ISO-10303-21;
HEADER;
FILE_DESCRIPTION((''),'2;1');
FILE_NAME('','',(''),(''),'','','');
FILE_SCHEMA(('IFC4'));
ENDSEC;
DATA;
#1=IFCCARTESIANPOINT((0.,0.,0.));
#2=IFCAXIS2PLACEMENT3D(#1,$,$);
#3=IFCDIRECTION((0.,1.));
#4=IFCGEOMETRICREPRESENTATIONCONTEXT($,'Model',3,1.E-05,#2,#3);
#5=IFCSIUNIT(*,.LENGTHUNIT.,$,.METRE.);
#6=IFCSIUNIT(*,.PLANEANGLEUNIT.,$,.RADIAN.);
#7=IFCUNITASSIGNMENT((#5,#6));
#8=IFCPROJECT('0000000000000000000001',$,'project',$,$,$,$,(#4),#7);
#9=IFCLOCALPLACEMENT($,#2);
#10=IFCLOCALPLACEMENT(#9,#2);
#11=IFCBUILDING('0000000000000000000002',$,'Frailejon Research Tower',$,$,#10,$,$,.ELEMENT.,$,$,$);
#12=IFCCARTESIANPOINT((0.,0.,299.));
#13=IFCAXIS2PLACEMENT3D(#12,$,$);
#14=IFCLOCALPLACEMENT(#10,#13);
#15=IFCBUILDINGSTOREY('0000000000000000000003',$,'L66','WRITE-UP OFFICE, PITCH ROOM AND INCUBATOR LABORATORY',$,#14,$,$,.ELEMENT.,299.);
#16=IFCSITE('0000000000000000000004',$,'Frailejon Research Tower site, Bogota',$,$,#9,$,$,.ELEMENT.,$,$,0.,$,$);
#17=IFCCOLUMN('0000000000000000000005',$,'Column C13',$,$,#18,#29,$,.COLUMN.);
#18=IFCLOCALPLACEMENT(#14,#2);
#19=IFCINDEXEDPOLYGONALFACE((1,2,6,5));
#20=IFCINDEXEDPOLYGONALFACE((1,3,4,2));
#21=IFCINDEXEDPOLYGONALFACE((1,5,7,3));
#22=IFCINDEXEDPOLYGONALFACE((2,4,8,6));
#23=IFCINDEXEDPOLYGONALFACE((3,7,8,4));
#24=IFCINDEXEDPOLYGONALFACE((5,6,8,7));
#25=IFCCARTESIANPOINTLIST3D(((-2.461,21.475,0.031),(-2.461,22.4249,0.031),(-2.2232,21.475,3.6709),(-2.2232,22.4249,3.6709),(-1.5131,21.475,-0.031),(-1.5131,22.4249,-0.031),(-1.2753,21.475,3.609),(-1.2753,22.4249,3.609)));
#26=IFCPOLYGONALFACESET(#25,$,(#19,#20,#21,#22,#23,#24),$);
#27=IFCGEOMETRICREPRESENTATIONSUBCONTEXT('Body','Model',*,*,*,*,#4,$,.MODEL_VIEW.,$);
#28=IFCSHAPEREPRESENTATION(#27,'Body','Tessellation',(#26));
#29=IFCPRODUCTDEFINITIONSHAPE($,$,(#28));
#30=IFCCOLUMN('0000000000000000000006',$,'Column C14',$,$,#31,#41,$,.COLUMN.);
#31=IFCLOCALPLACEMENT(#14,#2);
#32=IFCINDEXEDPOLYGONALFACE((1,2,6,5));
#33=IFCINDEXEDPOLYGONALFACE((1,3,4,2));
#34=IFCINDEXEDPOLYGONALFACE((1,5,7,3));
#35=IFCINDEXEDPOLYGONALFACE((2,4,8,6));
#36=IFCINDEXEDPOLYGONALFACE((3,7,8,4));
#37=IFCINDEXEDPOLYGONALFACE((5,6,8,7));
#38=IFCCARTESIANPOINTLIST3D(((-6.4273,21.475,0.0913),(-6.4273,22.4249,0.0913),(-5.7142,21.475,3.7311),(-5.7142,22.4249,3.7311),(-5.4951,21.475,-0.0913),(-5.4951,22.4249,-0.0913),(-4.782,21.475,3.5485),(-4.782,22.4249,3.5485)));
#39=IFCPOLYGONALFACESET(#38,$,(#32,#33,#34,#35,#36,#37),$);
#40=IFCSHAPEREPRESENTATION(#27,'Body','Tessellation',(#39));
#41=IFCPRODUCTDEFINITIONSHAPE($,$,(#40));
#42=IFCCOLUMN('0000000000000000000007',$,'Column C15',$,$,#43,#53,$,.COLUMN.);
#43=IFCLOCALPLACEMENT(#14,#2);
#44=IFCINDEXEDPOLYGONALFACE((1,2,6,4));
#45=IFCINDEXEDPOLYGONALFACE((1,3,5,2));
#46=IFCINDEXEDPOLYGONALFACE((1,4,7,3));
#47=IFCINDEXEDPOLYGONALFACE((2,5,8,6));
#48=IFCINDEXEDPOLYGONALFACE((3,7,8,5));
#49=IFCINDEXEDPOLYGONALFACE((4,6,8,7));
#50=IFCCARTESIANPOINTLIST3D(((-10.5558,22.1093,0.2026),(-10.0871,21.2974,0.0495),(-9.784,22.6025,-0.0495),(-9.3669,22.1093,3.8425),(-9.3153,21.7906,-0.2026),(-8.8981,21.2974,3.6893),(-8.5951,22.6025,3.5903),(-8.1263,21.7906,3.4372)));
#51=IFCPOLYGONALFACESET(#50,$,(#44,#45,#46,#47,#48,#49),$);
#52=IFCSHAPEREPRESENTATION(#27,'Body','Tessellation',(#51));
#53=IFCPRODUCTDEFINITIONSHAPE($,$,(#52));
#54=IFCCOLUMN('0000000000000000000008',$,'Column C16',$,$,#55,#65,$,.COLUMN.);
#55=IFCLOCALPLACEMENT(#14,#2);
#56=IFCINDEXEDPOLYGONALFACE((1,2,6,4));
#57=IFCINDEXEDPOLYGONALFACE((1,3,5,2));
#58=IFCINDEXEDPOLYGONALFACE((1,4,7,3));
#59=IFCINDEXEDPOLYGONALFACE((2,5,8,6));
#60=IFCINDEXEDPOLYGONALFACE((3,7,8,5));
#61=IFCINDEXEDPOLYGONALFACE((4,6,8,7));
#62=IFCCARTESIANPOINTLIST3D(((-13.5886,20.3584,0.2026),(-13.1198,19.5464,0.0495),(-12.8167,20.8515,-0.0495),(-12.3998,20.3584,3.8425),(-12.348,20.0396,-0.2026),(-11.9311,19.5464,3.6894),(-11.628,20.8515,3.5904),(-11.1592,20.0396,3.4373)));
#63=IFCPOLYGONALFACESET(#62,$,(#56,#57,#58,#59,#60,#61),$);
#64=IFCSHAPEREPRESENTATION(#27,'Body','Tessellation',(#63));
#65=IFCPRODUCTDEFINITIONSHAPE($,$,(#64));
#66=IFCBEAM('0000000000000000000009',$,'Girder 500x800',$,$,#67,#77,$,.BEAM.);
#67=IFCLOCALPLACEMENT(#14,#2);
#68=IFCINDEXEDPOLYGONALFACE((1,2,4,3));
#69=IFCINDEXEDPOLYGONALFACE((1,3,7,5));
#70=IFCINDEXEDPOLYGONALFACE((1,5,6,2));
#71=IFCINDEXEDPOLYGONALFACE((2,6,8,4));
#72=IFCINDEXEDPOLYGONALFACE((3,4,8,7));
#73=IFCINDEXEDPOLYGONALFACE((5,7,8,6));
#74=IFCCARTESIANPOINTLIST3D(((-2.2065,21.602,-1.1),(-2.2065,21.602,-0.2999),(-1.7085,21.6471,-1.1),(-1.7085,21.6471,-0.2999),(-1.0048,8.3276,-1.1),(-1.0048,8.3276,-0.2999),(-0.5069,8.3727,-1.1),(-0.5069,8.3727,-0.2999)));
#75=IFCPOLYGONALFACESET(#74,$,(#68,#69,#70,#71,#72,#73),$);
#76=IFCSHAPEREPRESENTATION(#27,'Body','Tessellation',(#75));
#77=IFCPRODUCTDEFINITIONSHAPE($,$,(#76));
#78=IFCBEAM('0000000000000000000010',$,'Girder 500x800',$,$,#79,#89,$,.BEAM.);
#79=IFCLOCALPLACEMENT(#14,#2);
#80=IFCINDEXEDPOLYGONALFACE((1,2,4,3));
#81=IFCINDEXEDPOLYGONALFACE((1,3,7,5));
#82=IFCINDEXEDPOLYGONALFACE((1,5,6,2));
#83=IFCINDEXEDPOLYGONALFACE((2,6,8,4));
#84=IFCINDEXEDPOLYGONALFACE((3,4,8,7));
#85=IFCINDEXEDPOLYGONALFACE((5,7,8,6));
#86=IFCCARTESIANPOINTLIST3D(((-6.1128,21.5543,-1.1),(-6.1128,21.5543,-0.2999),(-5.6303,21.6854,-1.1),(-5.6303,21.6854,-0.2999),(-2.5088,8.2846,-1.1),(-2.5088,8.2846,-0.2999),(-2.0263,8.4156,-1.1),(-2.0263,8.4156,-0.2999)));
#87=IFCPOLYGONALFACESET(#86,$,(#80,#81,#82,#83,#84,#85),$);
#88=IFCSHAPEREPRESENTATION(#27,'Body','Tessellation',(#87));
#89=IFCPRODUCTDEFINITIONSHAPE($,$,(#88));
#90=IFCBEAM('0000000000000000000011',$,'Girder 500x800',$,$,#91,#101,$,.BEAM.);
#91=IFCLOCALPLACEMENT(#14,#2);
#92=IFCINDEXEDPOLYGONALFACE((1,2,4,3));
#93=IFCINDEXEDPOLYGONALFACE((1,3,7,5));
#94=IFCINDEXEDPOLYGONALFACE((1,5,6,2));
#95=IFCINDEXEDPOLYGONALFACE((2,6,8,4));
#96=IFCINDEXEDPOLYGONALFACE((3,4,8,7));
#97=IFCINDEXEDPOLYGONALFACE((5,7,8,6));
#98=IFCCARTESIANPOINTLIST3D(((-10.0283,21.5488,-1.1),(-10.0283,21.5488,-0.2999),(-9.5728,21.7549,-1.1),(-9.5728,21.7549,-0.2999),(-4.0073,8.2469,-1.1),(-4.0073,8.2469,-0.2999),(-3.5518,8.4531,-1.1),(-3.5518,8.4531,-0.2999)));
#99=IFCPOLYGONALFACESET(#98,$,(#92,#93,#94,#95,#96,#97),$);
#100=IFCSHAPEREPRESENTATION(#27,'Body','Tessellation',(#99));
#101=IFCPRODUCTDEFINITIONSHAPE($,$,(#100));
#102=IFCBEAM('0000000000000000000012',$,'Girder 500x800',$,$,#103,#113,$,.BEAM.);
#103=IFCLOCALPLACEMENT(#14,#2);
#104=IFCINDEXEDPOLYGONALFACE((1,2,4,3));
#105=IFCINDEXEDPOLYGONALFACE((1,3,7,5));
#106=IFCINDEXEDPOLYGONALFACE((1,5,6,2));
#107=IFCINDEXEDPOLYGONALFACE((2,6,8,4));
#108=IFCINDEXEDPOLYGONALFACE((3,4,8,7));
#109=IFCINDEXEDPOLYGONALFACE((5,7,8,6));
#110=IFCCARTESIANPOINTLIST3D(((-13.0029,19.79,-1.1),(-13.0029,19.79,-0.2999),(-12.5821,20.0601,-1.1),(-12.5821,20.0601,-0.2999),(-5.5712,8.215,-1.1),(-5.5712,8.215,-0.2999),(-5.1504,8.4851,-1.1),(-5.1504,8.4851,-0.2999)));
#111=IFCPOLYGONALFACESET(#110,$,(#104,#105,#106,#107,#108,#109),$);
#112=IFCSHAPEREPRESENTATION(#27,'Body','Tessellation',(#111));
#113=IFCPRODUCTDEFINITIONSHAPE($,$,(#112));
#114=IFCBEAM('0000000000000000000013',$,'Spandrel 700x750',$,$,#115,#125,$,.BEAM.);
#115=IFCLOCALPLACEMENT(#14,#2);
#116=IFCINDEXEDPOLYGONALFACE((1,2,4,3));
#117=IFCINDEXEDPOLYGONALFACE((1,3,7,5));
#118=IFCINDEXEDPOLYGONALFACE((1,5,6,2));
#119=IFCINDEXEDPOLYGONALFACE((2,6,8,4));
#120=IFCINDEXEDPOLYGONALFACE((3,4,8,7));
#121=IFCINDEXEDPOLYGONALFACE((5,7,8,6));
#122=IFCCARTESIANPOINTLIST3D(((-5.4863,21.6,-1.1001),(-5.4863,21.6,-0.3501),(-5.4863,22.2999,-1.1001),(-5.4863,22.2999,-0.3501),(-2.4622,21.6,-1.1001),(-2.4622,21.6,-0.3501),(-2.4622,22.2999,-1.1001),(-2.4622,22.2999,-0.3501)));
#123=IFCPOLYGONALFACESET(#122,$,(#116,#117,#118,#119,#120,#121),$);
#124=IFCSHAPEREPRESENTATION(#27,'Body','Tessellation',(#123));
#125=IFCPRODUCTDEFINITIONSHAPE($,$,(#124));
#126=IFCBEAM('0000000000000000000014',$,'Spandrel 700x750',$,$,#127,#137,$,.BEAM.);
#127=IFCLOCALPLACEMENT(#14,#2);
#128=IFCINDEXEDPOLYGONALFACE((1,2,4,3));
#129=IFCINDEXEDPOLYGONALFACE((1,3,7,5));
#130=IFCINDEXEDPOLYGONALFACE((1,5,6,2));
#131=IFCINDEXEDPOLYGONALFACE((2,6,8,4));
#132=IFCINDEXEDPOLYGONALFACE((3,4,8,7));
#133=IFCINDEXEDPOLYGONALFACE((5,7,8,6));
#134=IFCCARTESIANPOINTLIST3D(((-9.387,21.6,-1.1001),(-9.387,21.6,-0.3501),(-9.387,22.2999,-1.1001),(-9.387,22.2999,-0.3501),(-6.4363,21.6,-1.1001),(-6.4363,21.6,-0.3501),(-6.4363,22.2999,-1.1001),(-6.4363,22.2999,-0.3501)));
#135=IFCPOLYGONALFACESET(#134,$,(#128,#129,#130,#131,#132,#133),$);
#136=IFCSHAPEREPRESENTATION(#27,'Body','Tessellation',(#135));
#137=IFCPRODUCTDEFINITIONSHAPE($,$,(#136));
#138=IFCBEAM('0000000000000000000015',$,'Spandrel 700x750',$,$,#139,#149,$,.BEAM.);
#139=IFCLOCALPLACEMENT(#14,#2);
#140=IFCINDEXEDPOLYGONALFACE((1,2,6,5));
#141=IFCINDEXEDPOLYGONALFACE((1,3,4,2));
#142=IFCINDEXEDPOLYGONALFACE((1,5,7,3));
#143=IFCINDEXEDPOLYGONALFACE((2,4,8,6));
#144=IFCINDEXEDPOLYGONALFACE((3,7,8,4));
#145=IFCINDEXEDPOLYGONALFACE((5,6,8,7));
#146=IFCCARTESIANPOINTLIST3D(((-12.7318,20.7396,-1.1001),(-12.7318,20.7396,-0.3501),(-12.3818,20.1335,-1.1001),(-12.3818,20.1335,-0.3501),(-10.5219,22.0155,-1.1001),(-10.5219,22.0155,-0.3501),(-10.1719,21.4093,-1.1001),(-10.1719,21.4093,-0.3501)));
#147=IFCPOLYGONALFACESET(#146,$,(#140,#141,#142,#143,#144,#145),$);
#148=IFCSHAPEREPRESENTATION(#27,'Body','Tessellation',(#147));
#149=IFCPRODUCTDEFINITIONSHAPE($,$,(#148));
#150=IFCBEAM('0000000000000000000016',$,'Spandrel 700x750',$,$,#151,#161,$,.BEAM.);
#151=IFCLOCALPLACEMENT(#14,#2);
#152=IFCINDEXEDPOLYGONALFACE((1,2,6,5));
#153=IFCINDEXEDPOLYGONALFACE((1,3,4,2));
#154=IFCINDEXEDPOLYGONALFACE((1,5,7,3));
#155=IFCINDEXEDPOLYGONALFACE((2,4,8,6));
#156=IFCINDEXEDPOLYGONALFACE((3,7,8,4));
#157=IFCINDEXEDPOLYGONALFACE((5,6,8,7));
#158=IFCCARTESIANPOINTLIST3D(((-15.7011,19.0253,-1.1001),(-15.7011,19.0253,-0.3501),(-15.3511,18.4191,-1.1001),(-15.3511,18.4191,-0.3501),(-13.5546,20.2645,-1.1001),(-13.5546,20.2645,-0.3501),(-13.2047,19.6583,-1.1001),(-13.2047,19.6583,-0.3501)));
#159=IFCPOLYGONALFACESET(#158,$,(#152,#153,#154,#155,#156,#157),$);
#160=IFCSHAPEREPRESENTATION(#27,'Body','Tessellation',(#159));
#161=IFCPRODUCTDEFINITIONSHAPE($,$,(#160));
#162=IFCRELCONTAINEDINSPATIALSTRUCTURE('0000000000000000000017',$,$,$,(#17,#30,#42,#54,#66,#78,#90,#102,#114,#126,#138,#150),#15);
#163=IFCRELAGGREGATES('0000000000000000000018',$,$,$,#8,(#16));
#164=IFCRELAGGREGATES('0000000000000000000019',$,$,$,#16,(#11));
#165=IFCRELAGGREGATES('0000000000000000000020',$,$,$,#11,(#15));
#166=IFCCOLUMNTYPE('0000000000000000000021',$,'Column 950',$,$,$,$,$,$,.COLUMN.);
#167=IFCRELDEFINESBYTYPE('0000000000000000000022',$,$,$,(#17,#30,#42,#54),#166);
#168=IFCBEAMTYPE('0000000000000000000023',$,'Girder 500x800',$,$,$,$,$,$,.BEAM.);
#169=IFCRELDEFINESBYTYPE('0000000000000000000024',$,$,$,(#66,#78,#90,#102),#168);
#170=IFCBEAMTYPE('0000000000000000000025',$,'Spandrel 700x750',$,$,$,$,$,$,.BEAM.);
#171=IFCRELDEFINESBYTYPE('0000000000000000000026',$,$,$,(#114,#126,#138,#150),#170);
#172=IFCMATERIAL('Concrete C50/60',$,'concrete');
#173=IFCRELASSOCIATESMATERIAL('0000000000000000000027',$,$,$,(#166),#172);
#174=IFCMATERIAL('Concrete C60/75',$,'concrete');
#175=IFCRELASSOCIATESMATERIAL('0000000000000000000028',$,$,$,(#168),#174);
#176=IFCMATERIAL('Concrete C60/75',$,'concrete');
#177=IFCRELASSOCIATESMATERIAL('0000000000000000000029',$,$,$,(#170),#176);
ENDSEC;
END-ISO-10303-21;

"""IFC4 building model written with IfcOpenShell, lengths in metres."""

from ifc_helpers import new_model, si_unit, direction, frame, origin, origin_2d, place, context, subcontext, project, spatial, rectangle, extrude, material, material_profile, profile_set, type_object, element, save


model = new_model("IFC4")

# Units and contexts
model_context = context("Model", 3, precision=1e-05, world=origin(), true_north=direction((0.0, 1.0)))
body_context = subcontext(model_context, "Body", "Model", "MODEL_VIEW")
ifc_project = project(units=[si_unit("LENGTHUNIT", "METRE"), si_unit("PLANEANGLEUNIT", "RADIAN")], contexts=[model_context])

# Site, building, storey
site_placement = place(None, origin())
site = spatial("IfcSite", under=ifc_project, at=site_placement, Name="Frailejon Research Tower site, Bogota", CompositionType="ELEMENT", RefElevation=0.0)
building_placement = place(site_placement, origin())
building = spatial("IfcBuilding", under=site, at=building_placement, Name="Frailejon Research Tower", CompositionType="ELEMENT")
storey_placement = place(building_placement, frame((0.0, 0.0, 299.0)))
storey = spatial("IfcBuildingStorey", under=building, at=storey_placement, Name="L66", Description="WRITE-UP OFFICE, PITCH ROOM AND INCUBATOR LABORATORY", CompositionType="ELEMENT", Elevation=299.0)

# Columns
ifc_material_1 = material(Name="Concrete C50/60", Category="concrete")
ifc_material_profile_1 = material_profile(ifc_material_1, rectangle(XDim=0.95, YDim=0.95, at=origin_2d()), Name="Column 950")
ifc_profile_set_1 = profile_set([ifc_material_profile_1], Name="Concrete C50/60")
column_type = type_object("IfcColumnType", Name="Column 950", PredefinedType="COLUMN", material=ifc_profile_set_1)
column_1_placement = place(storey_placement, frame((-1.9871, 21.95, 0.0), z_axis=(0.065191, 0.0, 0.997873), x_axis=(-0.997873, 0.0, 0.065191)))
element("IfcColumn", 1, at=column_1_placement, inside=storey, type_object=column_type, Name="Column C13", PredefinedType="COLUMN", context=body_context, shape_type="SweptSolid", body=[
    extrude(rectangle(XDim=0.95, YDim=0.95, at=origin_2d()), origin(), (0.0, 0.0, 1.0), 3.6477),
])
column_2_placement = place(storey_placement, frame((-5.9612, 21.95, 0.0), z_axis=(0.192267, 0.0, 0.981343), x_axis=(-0.981343, 0.0, 0.192267)))
element("IfcColumn", 2, at=column_2_placement, inside=storey, type_object=column_type, Name="Column C14", PredefinedType="COLUMN", context=body_context, shape_type="SweptSolid", body=[
    extrude(rectangle(XDim=0.95, YDim=0.95, at=origin_2d()), origin(), (0.0, 0.0, 1.0), 3.709),
])
for number, where, z_axis, x_axis, name in (
    (3, (-9.9355, 21.95, 0.0), (0.310503, 0.0, 0.950572), (-0.812458, -0.519115, 0.265388), "Column C15"),
    (4, (-12.9683, 20.199, 0.0), (0.310445, 0.0, 0.950591), (-0.812475, -0.519115, 0.265339), "Column C16"),
):
    element("IfcColumn", number, at=place(storey_placement, frame(where, z_axis=z_axis, x_axis=x_axis)), inside=storey, type_object=column_type, Name=name, PredefinedType="COLUMN", context=body_context, shape_type="SweptSolid", body=[
        extrude(rectangle(XDim=0.95, YDim=0.95, at=origin_2d()), origin(), (0.0, 0.0, 1.0), 3.8291),
    ])

# Beams
ifc_material_2 = material(Name="Concrete C60/75", Category="concrete")
ifc_material_profile_2 = material_profile(ifc_material_2, rectangle(XDim=0.5, YDim=0.8, at=origin_2d()), Name="Girder 500x800")
ifc_profile_set_2 = profile_set([ifc_material_profile_2], Name="Concrete C60/75")
beam_type_1 = type_object("IfcBeamType", Name="Girder 500x800", PredefinedType="BEAM", material=ifc_profile_set_2)
beam_1_placement = place(storey_placement, frame((-1.9575, 21.6245, -0.7), z_axis=(0.090156, -0.995928, 0.0), x_axis=(0.995928, 0.090156, 0.0)))
element("IfcBeam", 5, at=beam_1_placement, inside=storey, type_object=beam_type_1, Name="Girder 500x800", PredefinedType="BEAM", context=body_context, shape_type="SweptSolid", body=[
    extrude(rectangle(XDim=0.5, YDim=0.8, at=origin_2d()), origin(), (0.0, 0.0, 1.0), 13.3286),
])
beam_2_placement = place(storey_placement, frame((-5.8716, 21.6199, -0.7), z_axis=(0.2621, -0.965041, 0.0), x_axis=(0.965041, 0.2621, 0.0)))
element("IfcBeam", 6, at=beam_2_placement, inside=storey, type_object=beam_type_1, Name="Girder 500x800", PredefinedType="BEAM", context=body_context, shape_type="SweptSolid", body=[
    extrude(rectangle(XDim=0.5, YDim=0.8, at=origin_2d()), origin(), (0.0, 0.0, 1.0), 13.7505),
])
beam_3_placement = place(storey_placement, frame((-9.8005, 21.6519, -0.7), z_axis=(0.412369, -0.911017, 0.0), x_axis=(0.911017, 0.412369, 0.0)))
element("IfcBeam", 7, at=beam_3_placement, inside=storey, type_object=beam_type_1, Name="Girder 500x800", PredefinedType="BEAM", context=body_context, shape_type="SweptSolid", body=[
    extrude(rectangle(XDim=0.5, YDim=0.8, at=origin_2d()), origin(), (0.0, 0.0, 1.0), 14.6011),
])
beam_4_placement = place(storey_placement, frame((-12.7925, 19.925, -0.7), z_axis=(0.540274, -0.841489, 0.0), x_axis=(0.841489, 0.540274, 0.0)))
element("IfcBeam", 8, at=beam_4_placement, inside=storey, type_object=beam_type_1, Name="Girder 500x800", PredefinedType="BEAM", context=body_context, shape_type="SweptSolid", body=[
    extrude(rectangle(XDim=0.5, YDim=0.8, at=origin_2d()), origin(), (0.0, 0.0, 1.0), 13.7554),
])
ifc_material_3 = material(Name="Concrete C60/75", Category="concrete")
ifc_material_profile_3 = material_profile(ifc_material_3, rectangle(XDim=0.7, YDim=0.75, at=origin_2d()), Name="Spandrel 700x750")
ifc_profile_set_3 = profile_set([ifc_material_profile_3], Name="Concrete C60/75")
beam_type_2 = type_object("IfcBeamType", Name="Spandrel 700x750", PredefinedType="BEAM", material=ifc_profile_set_3)
beam_5_placement = place(storey_placement, frame((-2.4622, 21.95, -0.7251), z_axis=(-1.0, 0.0, 0.0), x_axis=(0.0, -1.0, 0.0)))
element("IfcBeam", 9, at=beam_5_placement, inside=storey, type_object=beam_type_2, Name="Spandrel 700x750", PredefinedType="BEAM", context=body_context, shape_type="SweptSolid", body=[
    extrude(rectangle(XDim=0.7, YDim=0.75, at=origin_2d()), origin(), (0.0, 0.0, 1.0), 3.0242),
])
beam_6_placement = place(storey_placement, frame((-6.4363, 21.95, -0.7251), z_axis=(-1.0, 0.0, 0.0), x_axis=(0.0, -1.0, 0.0)))
element("IfcBeam", 10, at=beam_6_placement, inside=storey, type_object=beam_type_2, Name="Spandrel 700x750", PredefinedType="BEAM", context=body_context, shape_type="SweptSolid", body=[
    extrude(rectangle(XDim=0.7, YDim=0.75, at=origin_2d()), origin(), (0.0, 0.0, 1.0), 2.9507),
])
beam_7_placement = place(storey_placement, frame((-10.3469, 21.7124, -0.7251), z_axis=(-0.866033, -0.499987, 0.0), x_axis=(0.499987, -0.866033, 0.0)))
element("IfcBeam", 11, at=beam_7_placement, inside=storey, type_object=beam_type_2, Name="Spandrel 700x750", PredefinedType="BEAM", context=body_context, shape_type="SweptSolid", body=[
    extrude(rectangle(XDim=0.7, YDim=0.75, at=origin_2d()), origin(), (0.0, 0.0, 1.0), 2.5518),
])
beam_8_placement = place(storey_placement, frame((-13.3796, 19.9614, -0.7251), z_axis=(-0.866028, -0.499995, 0.0), x_axis=(0.499995, -0.866028, 0.0)))
element("IfcBeam", 12, at=beam_8_placement, inside=storey, type_object=beam_type_2, Name="Spandrel 700x750", PredefinedType="BEAM", context=body_context, shape_type="SweptSolid", body=[
    extrude(rectangle(XDim=0.7, YDim=0.75, at=origin_2d()), origin(), (0.0, 0.0, 1.0), 2.4785),
])

save(model, "model.ifc")
